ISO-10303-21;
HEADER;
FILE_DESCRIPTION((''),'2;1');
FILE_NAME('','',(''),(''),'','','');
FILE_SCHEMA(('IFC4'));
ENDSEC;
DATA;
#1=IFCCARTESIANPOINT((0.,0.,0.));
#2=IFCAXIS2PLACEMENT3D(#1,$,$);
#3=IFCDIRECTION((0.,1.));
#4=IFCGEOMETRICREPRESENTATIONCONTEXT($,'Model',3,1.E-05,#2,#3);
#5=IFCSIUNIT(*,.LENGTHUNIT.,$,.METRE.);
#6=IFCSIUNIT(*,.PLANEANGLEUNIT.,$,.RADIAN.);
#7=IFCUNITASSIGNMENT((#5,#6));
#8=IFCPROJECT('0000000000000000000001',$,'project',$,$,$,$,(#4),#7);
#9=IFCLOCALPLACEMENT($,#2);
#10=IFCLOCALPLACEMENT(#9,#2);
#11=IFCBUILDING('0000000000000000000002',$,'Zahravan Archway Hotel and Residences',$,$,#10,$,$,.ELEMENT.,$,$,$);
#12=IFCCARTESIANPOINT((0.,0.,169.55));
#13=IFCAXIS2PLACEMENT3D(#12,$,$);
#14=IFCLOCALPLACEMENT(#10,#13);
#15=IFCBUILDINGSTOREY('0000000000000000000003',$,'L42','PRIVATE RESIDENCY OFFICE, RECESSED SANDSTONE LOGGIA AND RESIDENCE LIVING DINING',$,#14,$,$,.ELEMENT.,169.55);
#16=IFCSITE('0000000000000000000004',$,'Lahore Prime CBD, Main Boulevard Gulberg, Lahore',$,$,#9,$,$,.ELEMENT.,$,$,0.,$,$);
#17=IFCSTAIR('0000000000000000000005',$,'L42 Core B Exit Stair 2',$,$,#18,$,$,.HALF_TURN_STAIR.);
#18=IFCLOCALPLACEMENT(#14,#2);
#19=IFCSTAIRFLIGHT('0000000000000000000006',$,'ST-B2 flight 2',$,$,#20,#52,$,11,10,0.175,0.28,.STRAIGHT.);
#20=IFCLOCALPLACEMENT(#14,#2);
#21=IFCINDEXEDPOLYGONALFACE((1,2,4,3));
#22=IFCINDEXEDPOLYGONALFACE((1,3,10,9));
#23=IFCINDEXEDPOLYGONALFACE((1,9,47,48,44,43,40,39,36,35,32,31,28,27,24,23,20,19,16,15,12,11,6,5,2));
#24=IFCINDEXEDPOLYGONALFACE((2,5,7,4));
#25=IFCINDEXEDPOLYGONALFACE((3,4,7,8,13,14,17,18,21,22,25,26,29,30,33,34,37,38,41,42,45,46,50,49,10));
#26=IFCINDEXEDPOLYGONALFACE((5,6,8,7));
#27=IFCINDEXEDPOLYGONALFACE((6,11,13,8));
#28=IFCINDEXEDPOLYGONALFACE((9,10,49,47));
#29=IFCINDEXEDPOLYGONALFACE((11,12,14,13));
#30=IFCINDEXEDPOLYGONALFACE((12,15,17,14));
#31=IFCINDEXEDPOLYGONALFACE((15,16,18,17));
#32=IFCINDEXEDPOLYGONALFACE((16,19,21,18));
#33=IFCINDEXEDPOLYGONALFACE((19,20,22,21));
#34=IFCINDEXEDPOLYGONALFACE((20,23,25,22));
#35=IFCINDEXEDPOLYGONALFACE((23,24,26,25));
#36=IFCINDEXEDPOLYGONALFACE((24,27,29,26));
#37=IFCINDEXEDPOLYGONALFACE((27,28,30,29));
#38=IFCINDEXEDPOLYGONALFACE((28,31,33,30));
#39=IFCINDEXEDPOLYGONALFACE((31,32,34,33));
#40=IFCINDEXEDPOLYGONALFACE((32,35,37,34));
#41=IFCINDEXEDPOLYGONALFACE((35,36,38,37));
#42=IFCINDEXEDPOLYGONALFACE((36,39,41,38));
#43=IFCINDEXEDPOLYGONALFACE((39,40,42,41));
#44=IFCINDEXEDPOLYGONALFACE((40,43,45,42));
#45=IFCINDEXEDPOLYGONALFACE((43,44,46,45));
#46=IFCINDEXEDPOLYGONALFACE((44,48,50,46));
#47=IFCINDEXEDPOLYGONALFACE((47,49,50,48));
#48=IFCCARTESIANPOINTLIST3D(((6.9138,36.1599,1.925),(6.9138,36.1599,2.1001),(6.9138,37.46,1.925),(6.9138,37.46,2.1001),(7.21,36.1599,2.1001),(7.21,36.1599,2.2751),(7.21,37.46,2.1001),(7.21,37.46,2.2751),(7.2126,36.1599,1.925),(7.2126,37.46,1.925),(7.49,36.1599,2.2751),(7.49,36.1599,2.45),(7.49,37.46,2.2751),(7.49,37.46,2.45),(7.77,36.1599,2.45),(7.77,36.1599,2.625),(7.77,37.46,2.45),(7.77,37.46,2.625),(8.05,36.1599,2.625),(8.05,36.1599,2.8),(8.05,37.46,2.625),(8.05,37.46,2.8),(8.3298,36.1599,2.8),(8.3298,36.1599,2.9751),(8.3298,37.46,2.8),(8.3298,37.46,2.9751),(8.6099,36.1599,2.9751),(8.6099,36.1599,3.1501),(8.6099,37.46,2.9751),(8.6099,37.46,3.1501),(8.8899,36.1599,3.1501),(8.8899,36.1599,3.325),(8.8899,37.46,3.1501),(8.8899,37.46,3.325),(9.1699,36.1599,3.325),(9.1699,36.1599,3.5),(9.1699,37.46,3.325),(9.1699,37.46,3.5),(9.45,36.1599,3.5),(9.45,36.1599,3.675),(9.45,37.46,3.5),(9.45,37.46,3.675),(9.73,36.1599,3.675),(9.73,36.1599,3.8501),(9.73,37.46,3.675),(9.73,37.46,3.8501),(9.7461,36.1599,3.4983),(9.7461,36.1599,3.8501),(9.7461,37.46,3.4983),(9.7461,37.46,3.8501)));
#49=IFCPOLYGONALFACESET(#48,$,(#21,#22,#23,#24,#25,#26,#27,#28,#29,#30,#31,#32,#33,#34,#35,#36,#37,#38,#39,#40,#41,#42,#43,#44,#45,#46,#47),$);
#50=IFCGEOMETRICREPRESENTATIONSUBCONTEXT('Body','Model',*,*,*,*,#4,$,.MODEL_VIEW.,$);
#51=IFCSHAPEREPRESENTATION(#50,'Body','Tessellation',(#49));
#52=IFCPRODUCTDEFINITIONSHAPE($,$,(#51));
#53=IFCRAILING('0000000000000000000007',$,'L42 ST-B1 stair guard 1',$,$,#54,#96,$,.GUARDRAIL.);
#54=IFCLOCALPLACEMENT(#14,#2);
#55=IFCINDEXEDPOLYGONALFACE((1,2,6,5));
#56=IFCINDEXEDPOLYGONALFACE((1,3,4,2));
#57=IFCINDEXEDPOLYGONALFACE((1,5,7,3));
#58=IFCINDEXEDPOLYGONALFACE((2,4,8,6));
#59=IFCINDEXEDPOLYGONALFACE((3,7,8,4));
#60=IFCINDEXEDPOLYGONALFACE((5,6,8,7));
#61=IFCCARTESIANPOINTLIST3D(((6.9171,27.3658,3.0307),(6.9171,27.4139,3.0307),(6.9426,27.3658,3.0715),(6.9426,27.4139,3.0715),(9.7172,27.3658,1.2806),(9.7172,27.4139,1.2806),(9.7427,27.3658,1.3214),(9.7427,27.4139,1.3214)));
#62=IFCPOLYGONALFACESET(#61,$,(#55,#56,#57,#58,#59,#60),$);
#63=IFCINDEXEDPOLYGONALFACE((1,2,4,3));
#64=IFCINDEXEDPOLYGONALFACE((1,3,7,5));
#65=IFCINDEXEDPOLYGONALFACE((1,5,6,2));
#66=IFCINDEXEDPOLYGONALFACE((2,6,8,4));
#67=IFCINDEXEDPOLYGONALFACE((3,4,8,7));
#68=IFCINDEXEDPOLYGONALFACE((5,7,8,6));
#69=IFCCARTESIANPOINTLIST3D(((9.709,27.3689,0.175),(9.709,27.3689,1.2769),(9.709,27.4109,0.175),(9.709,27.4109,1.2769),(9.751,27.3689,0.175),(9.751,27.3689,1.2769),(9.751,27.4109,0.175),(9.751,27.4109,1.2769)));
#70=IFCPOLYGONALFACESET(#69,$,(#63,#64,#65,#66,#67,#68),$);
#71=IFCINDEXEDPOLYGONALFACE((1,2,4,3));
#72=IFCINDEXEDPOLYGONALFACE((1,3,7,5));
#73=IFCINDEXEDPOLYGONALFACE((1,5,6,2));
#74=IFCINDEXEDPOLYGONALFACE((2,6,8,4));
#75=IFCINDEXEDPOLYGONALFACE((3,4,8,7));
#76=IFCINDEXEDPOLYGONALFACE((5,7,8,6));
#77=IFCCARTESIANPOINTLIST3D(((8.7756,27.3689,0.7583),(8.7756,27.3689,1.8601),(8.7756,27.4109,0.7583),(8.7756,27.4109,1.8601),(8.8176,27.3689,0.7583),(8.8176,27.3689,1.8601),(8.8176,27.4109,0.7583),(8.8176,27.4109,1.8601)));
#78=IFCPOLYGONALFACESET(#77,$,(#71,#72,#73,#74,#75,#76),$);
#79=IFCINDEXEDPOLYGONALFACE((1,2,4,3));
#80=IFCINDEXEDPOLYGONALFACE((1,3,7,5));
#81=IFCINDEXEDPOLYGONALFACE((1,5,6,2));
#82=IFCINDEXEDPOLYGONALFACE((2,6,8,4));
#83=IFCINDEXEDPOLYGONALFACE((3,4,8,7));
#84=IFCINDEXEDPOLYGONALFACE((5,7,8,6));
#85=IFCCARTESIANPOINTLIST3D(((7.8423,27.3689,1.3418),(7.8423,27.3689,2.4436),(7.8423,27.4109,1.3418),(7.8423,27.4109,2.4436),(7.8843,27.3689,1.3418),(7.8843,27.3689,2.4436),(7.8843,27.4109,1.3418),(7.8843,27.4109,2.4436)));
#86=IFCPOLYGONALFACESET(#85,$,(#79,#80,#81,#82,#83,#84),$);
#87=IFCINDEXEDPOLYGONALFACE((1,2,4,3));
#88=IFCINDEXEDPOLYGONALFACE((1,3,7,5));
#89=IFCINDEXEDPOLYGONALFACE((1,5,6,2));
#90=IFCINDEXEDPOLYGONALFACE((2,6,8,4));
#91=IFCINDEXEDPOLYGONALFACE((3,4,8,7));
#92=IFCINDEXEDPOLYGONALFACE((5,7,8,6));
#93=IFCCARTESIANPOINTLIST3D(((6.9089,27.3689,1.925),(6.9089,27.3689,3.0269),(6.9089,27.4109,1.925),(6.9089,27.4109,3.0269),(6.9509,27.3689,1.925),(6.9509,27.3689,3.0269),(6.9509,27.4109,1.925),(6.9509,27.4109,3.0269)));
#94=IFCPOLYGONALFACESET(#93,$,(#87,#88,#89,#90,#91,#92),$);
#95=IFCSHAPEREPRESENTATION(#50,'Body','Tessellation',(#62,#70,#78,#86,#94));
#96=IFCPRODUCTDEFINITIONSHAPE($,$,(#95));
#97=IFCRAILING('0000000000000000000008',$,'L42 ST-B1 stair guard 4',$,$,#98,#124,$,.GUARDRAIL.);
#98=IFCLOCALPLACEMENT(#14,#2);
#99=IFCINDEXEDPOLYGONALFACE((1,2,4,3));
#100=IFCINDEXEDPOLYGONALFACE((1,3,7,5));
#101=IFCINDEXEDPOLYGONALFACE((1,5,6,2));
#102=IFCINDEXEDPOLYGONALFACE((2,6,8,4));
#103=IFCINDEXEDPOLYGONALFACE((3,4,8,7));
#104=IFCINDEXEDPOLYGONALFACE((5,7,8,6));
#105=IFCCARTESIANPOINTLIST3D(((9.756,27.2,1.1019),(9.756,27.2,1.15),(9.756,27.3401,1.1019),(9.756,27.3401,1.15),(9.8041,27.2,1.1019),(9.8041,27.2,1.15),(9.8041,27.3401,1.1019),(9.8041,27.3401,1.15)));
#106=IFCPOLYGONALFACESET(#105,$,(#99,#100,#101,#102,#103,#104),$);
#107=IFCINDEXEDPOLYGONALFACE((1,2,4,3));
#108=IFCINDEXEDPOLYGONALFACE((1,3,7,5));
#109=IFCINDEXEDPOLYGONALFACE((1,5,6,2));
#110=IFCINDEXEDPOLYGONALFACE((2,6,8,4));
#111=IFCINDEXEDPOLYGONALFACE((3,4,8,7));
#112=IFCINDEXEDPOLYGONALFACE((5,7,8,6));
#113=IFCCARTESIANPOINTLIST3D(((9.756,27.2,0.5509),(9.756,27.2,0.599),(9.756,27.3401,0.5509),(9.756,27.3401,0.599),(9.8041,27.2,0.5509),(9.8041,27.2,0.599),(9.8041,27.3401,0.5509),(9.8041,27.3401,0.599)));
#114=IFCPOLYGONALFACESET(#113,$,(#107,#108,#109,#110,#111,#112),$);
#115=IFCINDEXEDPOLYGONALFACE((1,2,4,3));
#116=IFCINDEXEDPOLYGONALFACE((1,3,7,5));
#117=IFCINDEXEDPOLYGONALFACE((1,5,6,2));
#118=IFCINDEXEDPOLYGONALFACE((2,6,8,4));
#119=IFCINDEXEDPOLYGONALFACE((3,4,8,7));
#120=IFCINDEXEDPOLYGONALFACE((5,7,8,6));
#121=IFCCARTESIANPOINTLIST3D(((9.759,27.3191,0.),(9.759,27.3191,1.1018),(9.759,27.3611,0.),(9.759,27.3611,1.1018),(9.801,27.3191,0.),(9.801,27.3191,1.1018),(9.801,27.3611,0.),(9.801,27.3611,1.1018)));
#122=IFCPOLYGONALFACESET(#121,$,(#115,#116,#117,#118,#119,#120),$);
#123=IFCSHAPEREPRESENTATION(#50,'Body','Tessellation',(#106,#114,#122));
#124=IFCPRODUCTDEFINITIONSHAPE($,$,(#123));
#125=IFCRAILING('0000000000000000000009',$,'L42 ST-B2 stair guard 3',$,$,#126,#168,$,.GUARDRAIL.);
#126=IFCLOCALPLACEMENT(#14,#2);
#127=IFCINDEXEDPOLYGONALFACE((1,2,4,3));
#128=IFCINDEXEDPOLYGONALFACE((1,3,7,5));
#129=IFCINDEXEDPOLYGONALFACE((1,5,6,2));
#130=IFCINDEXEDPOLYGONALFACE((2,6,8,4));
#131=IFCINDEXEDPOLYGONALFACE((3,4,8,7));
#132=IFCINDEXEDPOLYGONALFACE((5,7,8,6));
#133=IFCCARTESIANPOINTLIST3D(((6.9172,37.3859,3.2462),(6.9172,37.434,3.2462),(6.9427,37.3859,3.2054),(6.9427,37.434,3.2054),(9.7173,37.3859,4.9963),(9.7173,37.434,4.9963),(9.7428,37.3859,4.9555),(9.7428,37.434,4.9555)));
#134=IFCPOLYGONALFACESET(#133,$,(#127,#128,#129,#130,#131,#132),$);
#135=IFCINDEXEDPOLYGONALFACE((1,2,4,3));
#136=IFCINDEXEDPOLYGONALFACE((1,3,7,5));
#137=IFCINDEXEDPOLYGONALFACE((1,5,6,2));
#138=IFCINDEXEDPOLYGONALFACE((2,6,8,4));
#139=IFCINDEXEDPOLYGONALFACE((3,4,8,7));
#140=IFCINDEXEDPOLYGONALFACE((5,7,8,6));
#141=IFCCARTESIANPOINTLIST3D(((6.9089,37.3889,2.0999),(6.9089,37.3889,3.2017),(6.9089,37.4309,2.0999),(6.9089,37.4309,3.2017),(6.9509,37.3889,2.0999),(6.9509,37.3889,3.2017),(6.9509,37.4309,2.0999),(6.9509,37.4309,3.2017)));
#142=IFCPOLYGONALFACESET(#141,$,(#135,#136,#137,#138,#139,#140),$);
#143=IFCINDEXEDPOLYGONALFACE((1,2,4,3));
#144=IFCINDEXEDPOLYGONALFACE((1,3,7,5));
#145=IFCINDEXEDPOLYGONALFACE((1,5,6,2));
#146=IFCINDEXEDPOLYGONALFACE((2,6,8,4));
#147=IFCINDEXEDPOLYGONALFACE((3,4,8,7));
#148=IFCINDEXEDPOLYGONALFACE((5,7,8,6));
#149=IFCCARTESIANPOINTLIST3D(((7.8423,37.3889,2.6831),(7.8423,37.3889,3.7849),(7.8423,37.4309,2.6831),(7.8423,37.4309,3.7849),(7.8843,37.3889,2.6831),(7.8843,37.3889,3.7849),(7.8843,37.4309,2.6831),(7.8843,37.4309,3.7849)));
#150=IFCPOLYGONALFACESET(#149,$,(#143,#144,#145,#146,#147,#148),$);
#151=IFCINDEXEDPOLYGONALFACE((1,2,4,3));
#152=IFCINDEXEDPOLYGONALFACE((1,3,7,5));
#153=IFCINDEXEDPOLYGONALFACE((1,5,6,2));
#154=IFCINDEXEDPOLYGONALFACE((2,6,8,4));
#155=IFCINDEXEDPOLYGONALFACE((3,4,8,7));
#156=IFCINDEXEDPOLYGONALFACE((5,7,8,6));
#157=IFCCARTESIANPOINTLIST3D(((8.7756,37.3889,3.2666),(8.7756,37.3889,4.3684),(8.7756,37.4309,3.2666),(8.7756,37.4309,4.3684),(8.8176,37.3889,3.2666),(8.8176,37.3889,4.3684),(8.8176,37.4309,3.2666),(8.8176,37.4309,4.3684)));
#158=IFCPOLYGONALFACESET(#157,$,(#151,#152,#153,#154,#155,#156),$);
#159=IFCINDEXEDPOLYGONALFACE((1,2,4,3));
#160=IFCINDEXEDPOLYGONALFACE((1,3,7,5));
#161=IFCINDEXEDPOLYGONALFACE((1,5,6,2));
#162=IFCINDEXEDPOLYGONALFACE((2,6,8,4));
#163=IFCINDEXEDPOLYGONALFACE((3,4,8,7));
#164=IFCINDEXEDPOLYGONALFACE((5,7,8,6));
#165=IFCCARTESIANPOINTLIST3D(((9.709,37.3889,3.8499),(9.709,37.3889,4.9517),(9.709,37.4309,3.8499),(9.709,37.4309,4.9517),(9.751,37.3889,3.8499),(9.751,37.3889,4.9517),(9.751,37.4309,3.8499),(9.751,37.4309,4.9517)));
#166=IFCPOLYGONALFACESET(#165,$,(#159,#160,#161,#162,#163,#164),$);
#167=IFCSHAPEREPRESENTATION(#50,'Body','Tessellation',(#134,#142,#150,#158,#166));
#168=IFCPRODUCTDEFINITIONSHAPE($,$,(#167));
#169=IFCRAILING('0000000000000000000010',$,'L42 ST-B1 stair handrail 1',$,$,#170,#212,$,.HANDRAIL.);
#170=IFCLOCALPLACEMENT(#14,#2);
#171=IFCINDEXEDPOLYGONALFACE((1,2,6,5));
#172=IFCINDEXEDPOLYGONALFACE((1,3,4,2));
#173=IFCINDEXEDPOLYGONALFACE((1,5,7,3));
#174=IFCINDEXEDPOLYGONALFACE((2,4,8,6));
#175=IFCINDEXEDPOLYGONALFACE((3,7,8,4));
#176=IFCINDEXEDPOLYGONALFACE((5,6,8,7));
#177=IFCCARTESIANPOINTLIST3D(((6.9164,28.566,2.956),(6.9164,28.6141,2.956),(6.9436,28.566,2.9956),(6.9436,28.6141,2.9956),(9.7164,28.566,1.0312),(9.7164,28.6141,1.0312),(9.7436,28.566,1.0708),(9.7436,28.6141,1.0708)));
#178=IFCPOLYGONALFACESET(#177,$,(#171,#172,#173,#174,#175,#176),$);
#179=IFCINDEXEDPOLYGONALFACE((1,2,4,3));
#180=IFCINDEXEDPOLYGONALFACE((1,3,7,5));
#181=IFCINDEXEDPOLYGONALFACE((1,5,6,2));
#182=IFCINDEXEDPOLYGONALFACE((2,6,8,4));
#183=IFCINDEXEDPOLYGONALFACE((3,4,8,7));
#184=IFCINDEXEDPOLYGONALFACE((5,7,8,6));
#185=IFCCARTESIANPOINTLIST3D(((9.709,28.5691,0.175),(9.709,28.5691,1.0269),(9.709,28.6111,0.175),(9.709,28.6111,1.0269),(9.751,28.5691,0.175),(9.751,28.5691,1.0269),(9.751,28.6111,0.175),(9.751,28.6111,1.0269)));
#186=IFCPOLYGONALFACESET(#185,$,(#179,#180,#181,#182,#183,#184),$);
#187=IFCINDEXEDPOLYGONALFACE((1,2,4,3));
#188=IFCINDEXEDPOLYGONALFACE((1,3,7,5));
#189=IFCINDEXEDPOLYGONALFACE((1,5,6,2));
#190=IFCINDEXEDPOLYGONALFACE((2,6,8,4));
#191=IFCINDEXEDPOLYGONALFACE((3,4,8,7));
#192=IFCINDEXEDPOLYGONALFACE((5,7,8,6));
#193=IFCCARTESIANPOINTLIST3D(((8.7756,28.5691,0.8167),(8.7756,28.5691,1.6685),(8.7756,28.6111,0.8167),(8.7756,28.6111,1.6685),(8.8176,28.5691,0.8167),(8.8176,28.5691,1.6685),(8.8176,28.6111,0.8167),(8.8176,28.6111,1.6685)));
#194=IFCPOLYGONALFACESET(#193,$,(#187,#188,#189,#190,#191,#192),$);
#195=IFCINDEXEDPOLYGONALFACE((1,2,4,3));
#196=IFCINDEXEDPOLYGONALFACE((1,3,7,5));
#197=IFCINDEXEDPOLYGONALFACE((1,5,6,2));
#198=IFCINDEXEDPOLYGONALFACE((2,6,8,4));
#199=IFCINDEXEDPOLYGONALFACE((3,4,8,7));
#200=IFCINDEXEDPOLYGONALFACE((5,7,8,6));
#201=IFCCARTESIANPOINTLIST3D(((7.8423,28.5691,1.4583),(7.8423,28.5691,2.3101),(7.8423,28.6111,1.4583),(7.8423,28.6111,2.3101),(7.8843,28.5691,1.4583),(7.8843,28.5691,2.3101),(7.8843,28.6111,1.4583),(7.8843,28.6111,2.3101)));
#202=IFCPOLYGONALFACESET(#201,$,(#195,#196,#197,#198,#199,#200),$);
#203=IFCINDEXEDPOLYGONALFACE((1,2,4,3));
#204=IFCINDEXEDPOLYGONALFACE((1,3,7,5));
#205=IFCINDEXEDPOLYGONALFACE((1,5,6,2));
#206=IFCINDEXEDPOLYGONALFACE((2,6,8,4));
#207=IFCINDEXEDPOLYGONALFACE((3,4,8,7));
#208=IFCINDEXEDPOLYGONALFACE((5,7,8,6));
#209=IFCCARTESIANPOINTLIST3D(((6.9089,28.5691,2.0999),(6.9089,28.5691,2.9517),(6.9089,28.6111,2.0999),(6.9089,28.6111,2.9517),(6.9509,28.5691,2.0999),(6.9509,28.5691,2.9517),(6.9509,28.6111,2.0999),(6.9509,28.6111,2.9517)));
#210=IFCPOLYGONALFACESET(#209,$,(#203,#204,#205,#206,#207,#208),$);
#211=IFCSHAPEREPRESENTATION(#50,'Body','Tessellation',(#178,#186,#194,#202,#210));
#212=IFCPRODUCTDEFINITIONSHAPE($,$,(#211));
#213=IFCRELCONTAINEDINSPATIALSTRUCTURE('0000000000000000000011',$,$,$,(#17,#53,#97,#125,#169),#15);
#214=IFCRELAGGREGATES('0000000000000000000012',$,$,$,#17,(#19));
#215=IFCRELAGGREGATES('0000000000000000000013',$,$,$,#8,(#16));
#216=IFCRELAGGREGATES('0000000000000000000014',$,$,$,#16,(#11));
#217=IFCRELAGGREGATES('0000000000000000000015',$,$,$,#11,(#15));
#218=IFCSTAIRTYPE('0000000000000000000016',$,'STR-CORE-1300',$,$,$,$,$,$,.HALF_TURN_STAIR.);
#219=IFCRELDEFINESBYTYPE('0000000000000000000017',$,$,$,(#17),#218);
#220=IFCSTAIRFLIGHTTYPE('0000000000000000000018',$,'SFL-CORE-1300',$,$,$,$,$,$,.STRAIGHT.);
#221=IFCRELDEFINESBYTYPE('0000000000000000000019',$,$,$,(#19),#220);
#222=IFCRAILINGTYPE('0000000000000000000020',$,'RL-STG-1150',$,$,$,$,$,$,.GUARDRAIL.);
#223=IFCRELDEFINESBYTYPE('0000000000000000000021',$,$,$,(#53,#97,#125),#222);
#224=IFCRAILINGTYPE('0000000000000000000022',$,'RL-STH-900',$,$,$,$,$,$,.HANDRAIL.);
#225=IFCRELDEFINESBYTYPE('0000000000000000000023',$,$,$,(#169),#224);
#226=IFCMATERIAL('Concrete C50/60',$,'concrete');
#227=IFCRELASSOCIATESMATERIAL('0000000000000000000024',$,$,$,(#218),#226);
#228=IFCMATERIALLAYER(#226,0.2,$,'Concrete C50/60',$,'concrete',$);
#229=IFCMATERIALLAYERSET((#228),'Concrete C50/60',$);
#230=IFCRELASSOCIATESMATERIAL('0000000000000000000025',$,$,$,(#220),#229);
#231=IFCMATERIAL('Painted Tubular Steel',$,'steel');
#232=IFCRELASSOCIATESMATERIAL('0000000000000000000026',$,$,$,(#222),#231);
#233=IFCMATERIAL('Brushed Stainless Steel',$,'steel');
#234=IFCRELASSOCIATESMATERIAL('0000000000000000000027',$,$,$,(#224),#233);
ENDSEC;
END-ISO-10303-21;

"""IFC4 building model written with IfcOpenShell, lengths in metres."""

from ifc_helpers import new_model, si_unit, direction, frame, origin, origin_2d, place, context, subcontext, project, spatial, polyline, rectangle, outline, extrude, source, transform, mapped, material, layer, layer_set, type_object, element, aggregate, save


model = new_model("IFC4")

# Units and contexts
model_context = context("Model", 3, precision=1e-05, world=origin(), true_north=direction((0.0, 1.0)))
body_context = subcontext(model_context, "Body", "Model", "MODEL_VIEW")
ifc_project = project(units=[si_unit("LENGTHUNIT", "METRE"), si_unit("PLANEANGLEUNIT", "RADIAN")], contexts=[model_context])

# Site, building, storey
site_placement = place(None, origin())
site = spatial("IfcSite", under=ifc_project, at=site_placement, Name="Lahore Prime CBD, Main Boulevard Gulberg, Lahore", CompositionType="ELEMENT", RefElevation=0.0)
building_placement = place(site_placement, origin())
building = spatial("IfcBuilding", under=site, at=building_placement, Name="Zahravan Archway Hotel and Residences", CompositionType="ELEMENT")
storey_placement = place(building_placement, frame((0.0, 0.0, 169.55)))
storey = spatial("IfcBuildingStorey", under=building, at=storey_placement, Name="L42", Description="PRIVATE RESIDENCY OFFICE, RECESSED SANDSTONE LOGGIA AND RESIDENCE LIVING DINING", CompositionType="ELEMENT", Elevation=169.55)

# Shared definitions
ifc_material_1 = material(Name="Brushed Stainless Steel", Category="steel")

# Shared definitions
ifc_material_2 = material(Name="Concrete C50/60", Category="concrete")

# Stair, stair flight
stair_type = type_object("IfcStairType", Name="STR-CORE-1300", PredefinedType="HALF_TURN_STAIR", material=ifc_material_2)
ifc_layer_1 = layer(ifc_material_2, 0.2, Name="Concrete C50/60", Category="concrete")
ifc_layer_set_1 = layer_set([ifc_layer_1], Name="Concrete C50/60")
stair_flight_type = type_object("IfcStairFlightType", Name="SFL-CORE-1300", PredefinedType="STRAIGHT", material=ifc_layer_set_1)
shared_shape_1 = source(origin(), body_context, "Body", "SweptSolid", [
    extrude(outline(polyline([(-0.0161, 0.0), (-0.0161, 0.175), (0.28, 0.175), (0.28, 0.3501), (0.5601, 0.3501), (0.5601, 0.5249), (0.8401, 0.5249), (0.8401, 0.7), (1.1201, 0.7), (1.1201, 0.875), (1.3999, 0.875), (1.3999, 1.05), (1.6799, 1.05), (1.6799, 1.2251), (1.96, 1.2251), (1.96, 1.3999), (2.24, 1.3999), (2.24, 1.575), (2.52, 1.575), (2.52, 1.75), (2.8, 1.75), (2.8, 1.925), (2.8162, 1.925), (2.8162, 1.5732), (0.2827, 0.0), (-0.0161, 0.0)])), frame((0.0, 0.6499, 0.0), z_axis=(0.0, -1.0, 0.0), x_axis=(1.0, 0.0, 0.0)), (0.0, 0.0, 1.0), 1.3),
])
stair_1_placement = place(storey_placement, origin())
stair_1 = element("IfcStair", 1, at=stair_1_placement, inside=storey, type_object=stair_type, Name="L42 Core B Exit Stair 2", PredefinedType="HALF_TURN_STAIR")
stair_flight_1_placement = place(storey_placement, frame((6.9299, 36.8101, 1.925), z_axis=(0.0, 0.0, 1.0), x_axis=(1.0, 0.0, 0.0)))
stair_flight_1 = element("IfcStairFlight", 2, at=stair_flight_1_placement, type_object=stair_flight_type, Name="ST-B2 flight 2", NumberOfRisers=11, NumberOfTreads=10, PredefinedType="STRAIGHT", RiserHeight=0.175, TreadLength=0.28, context=body_context, shape_type="MappedRepresentation", body=[
    mapped(shared_shape_1, transform((0.0, 0.0, 0.0), scale=1.0)),
])
aggregate(stair_1, [stair_flight_1])

# Railings
ifc_material_3 = material(Name="Painted Tubular Steel", Category="steel")
railing_type_1 = type_object("IfcRailingType", Name="RL-STG-1150", PredefinedType="GUARDRAIL", material=ifc_material_3)
railing_1_placement = place(storey_placement, frame((9.73, 27.3899, 0.175)))
element("IfcRailing", 3, at=railing_1_placement, inside=storey, type_object=railing_type_1, Name="L42 ST-B1 stair guard 1", PredefinedType="GUARDRAIL", context=body_context, shape_type="SweptSolid", body=[
    extrude(rectangle(XDim=0.0481, YDim=0.0481, at=origin_2d()), frame((0.0, 0.0, 1.126), z_axis=(-0.848002, 0.0, 0.529992), x_axis=(0.0, -1.0, 0.0)), (0.0, 0.0, 1.0), 3.302),
    extrude(rectangle(XDim=0.042, YDim=0.042, at=origin_2d()), origin(), (0.0, 0.0, 1.0), 1.1018),
    extrude(rectangle(XDim=0.042, YDim=0.042, at=origin_2d()), frame((-0.9333, 0.0, 0.5833)), (0.0, 0.0, 1.0), 1.1018),
    extrude(rectangle(XDim=0.042, YDim=0.042, at=origin_2d()), frame((-1.8667, 0.0, 1.1667)), (0.0, 0.0, 1.0), 1.1018),
    extrude(rectangle(XDim=0.042, YDim=0.042, at=origin_2d()), frame((-2.8, 0.0, 1.75)), (0.0, 0.0, 1.0), 1.1018),
])
railing_2_placement = place(storey_placement, frame((9.78, 27.3401, 0.0)))
element("IfcRailing", 4, at=railing_2_placement, inside=storey, type_object=railing_type_1, Name="L42 ST-B1 stair guard 4", PredefinedType="GUARDRAIL", context=body_context, shape_type="SweptSolid", body=[
    extrude(rectangle(XDim=0.0481, YDim=0.0481, at=origin_2d()), frame((0.0, 0.0, 1.126), z_axis=(0.0, -1.0, 0.0), x_axis=(1.0, 0.0, 0.0)), (0.0, 0.0, 1.0), 0.1401),
    extrude(rectangle(XDim=0.0481, YDim=0.0481, at=origin_2d()), frame((0.0, 0.0, 0.575), z_axis=(0.0, -1.0, 0.0), x_axis=(1.0, 0.0, 0.0)), (0.0, 0.0, 1.0), 0.1401),
    extrude(rectangle(XDim=0.042, YDim=0.042, at=origin_2d()), origin(), (0.0, 0.0, 1.0), 1.1018),
])
railing_3_placement = place(storey_placement, frame((6.9299, 37.4099, 2.0999)))
element("IfcRailing", 5, at=railing_3_placement, inside=storey, type_object=railing_type_1, Name="L42 ST-B2 stair guard 3", PredefinedType="GUARDRAIL", context=body_context, shape_type="SweptSolid", body=[
    extrude(rectangle(XDim=0.0481, YDim=0.0481, at=origin_2d()), frame((0.0, 0.0, 1.126), z_axis=(0.848002, 0.0, 0.529992), x_axis=(0.0, 1.0, 0.0)), (0.0, 0.0, 1.0), 3.302),
    extrude(rectangle(XDim=0.042, YDim=0.042, at=origin_2d()), origin(), (0.0, 0.0, 1.0), 1.1018),
    extrude(rectangle(XDim=0.042, YDim=0.042, at=origin_2d()), frame((0.9333, 0.0, 0.5833)), (0.0, 0.0, 1.0), 1.1018),
    extrude(rectangle(XDim=0.042, YDim=0.042, at=origin_2d()), frame((1.8667, 0.0, 1.1667)), (0.0, 0.0, 1.0), 1.1018),
    extrude(rectangle(XDim=0.042, YDim=0.042, at=origin_2d()), frame((2.8, 0.0, 1.75)), (0.0, 0.0, 1.0), 1.1018),
])
railing_type_2 = type_object("IfcRailingType", Name="RL-STH-900", PredefinedType="HANDRAIL", material=ifc_material_1)
railing_4_placement = place(storey_placement, frame((9.73, 28.5901, 0.175)))
element("IfcRailing", 6, at=railing_4_placement, inside=storey, type_object=railing_type_2, Name="L42 ST-B1 stair handrail 1", PredefinedType="HANDRAIL", context=body_context, shape_type="SweptSolid", body=[
    extrude(rectangle(XDim=0.0481, YDim=0.0481, at=origin_2d()), frame((0.0, 0.0, 0.876), z_axis=(-0.824073, 0.0, 0.566483), x_axis=(0.0, -1.0, 0.0)), (0.0, 0.0, 1.0), 3.3977),
    extrude(rectangle(XDim=0.042, YDim=0.042, at=origin_2d()), origin(), (0.0, 0.0, 1.0), 0.8518),
    extrude(rectangle(XDim=0.042, YDim=0.042, at=origin_2d()), frame((-0.9333, 0.0, 0.6416)), (0.0, 0.0, 1.0), 0.8518),
    extrude(rectangle(XDim=0.042, YDim=0.042, at=origin_2d()), frame((-1.8667, 0.0, 1.2832)), (0.0, 0.0, 1.0), 0.8518),
    extrude(rectangle(XDim=0.042, YDim=0.042, at=origin_2d()), frame((-2.8, 0.0, 1.9248)), (0.0, 0.0, 1.0), 0.8518),
])

save(model, "model.ifc")
